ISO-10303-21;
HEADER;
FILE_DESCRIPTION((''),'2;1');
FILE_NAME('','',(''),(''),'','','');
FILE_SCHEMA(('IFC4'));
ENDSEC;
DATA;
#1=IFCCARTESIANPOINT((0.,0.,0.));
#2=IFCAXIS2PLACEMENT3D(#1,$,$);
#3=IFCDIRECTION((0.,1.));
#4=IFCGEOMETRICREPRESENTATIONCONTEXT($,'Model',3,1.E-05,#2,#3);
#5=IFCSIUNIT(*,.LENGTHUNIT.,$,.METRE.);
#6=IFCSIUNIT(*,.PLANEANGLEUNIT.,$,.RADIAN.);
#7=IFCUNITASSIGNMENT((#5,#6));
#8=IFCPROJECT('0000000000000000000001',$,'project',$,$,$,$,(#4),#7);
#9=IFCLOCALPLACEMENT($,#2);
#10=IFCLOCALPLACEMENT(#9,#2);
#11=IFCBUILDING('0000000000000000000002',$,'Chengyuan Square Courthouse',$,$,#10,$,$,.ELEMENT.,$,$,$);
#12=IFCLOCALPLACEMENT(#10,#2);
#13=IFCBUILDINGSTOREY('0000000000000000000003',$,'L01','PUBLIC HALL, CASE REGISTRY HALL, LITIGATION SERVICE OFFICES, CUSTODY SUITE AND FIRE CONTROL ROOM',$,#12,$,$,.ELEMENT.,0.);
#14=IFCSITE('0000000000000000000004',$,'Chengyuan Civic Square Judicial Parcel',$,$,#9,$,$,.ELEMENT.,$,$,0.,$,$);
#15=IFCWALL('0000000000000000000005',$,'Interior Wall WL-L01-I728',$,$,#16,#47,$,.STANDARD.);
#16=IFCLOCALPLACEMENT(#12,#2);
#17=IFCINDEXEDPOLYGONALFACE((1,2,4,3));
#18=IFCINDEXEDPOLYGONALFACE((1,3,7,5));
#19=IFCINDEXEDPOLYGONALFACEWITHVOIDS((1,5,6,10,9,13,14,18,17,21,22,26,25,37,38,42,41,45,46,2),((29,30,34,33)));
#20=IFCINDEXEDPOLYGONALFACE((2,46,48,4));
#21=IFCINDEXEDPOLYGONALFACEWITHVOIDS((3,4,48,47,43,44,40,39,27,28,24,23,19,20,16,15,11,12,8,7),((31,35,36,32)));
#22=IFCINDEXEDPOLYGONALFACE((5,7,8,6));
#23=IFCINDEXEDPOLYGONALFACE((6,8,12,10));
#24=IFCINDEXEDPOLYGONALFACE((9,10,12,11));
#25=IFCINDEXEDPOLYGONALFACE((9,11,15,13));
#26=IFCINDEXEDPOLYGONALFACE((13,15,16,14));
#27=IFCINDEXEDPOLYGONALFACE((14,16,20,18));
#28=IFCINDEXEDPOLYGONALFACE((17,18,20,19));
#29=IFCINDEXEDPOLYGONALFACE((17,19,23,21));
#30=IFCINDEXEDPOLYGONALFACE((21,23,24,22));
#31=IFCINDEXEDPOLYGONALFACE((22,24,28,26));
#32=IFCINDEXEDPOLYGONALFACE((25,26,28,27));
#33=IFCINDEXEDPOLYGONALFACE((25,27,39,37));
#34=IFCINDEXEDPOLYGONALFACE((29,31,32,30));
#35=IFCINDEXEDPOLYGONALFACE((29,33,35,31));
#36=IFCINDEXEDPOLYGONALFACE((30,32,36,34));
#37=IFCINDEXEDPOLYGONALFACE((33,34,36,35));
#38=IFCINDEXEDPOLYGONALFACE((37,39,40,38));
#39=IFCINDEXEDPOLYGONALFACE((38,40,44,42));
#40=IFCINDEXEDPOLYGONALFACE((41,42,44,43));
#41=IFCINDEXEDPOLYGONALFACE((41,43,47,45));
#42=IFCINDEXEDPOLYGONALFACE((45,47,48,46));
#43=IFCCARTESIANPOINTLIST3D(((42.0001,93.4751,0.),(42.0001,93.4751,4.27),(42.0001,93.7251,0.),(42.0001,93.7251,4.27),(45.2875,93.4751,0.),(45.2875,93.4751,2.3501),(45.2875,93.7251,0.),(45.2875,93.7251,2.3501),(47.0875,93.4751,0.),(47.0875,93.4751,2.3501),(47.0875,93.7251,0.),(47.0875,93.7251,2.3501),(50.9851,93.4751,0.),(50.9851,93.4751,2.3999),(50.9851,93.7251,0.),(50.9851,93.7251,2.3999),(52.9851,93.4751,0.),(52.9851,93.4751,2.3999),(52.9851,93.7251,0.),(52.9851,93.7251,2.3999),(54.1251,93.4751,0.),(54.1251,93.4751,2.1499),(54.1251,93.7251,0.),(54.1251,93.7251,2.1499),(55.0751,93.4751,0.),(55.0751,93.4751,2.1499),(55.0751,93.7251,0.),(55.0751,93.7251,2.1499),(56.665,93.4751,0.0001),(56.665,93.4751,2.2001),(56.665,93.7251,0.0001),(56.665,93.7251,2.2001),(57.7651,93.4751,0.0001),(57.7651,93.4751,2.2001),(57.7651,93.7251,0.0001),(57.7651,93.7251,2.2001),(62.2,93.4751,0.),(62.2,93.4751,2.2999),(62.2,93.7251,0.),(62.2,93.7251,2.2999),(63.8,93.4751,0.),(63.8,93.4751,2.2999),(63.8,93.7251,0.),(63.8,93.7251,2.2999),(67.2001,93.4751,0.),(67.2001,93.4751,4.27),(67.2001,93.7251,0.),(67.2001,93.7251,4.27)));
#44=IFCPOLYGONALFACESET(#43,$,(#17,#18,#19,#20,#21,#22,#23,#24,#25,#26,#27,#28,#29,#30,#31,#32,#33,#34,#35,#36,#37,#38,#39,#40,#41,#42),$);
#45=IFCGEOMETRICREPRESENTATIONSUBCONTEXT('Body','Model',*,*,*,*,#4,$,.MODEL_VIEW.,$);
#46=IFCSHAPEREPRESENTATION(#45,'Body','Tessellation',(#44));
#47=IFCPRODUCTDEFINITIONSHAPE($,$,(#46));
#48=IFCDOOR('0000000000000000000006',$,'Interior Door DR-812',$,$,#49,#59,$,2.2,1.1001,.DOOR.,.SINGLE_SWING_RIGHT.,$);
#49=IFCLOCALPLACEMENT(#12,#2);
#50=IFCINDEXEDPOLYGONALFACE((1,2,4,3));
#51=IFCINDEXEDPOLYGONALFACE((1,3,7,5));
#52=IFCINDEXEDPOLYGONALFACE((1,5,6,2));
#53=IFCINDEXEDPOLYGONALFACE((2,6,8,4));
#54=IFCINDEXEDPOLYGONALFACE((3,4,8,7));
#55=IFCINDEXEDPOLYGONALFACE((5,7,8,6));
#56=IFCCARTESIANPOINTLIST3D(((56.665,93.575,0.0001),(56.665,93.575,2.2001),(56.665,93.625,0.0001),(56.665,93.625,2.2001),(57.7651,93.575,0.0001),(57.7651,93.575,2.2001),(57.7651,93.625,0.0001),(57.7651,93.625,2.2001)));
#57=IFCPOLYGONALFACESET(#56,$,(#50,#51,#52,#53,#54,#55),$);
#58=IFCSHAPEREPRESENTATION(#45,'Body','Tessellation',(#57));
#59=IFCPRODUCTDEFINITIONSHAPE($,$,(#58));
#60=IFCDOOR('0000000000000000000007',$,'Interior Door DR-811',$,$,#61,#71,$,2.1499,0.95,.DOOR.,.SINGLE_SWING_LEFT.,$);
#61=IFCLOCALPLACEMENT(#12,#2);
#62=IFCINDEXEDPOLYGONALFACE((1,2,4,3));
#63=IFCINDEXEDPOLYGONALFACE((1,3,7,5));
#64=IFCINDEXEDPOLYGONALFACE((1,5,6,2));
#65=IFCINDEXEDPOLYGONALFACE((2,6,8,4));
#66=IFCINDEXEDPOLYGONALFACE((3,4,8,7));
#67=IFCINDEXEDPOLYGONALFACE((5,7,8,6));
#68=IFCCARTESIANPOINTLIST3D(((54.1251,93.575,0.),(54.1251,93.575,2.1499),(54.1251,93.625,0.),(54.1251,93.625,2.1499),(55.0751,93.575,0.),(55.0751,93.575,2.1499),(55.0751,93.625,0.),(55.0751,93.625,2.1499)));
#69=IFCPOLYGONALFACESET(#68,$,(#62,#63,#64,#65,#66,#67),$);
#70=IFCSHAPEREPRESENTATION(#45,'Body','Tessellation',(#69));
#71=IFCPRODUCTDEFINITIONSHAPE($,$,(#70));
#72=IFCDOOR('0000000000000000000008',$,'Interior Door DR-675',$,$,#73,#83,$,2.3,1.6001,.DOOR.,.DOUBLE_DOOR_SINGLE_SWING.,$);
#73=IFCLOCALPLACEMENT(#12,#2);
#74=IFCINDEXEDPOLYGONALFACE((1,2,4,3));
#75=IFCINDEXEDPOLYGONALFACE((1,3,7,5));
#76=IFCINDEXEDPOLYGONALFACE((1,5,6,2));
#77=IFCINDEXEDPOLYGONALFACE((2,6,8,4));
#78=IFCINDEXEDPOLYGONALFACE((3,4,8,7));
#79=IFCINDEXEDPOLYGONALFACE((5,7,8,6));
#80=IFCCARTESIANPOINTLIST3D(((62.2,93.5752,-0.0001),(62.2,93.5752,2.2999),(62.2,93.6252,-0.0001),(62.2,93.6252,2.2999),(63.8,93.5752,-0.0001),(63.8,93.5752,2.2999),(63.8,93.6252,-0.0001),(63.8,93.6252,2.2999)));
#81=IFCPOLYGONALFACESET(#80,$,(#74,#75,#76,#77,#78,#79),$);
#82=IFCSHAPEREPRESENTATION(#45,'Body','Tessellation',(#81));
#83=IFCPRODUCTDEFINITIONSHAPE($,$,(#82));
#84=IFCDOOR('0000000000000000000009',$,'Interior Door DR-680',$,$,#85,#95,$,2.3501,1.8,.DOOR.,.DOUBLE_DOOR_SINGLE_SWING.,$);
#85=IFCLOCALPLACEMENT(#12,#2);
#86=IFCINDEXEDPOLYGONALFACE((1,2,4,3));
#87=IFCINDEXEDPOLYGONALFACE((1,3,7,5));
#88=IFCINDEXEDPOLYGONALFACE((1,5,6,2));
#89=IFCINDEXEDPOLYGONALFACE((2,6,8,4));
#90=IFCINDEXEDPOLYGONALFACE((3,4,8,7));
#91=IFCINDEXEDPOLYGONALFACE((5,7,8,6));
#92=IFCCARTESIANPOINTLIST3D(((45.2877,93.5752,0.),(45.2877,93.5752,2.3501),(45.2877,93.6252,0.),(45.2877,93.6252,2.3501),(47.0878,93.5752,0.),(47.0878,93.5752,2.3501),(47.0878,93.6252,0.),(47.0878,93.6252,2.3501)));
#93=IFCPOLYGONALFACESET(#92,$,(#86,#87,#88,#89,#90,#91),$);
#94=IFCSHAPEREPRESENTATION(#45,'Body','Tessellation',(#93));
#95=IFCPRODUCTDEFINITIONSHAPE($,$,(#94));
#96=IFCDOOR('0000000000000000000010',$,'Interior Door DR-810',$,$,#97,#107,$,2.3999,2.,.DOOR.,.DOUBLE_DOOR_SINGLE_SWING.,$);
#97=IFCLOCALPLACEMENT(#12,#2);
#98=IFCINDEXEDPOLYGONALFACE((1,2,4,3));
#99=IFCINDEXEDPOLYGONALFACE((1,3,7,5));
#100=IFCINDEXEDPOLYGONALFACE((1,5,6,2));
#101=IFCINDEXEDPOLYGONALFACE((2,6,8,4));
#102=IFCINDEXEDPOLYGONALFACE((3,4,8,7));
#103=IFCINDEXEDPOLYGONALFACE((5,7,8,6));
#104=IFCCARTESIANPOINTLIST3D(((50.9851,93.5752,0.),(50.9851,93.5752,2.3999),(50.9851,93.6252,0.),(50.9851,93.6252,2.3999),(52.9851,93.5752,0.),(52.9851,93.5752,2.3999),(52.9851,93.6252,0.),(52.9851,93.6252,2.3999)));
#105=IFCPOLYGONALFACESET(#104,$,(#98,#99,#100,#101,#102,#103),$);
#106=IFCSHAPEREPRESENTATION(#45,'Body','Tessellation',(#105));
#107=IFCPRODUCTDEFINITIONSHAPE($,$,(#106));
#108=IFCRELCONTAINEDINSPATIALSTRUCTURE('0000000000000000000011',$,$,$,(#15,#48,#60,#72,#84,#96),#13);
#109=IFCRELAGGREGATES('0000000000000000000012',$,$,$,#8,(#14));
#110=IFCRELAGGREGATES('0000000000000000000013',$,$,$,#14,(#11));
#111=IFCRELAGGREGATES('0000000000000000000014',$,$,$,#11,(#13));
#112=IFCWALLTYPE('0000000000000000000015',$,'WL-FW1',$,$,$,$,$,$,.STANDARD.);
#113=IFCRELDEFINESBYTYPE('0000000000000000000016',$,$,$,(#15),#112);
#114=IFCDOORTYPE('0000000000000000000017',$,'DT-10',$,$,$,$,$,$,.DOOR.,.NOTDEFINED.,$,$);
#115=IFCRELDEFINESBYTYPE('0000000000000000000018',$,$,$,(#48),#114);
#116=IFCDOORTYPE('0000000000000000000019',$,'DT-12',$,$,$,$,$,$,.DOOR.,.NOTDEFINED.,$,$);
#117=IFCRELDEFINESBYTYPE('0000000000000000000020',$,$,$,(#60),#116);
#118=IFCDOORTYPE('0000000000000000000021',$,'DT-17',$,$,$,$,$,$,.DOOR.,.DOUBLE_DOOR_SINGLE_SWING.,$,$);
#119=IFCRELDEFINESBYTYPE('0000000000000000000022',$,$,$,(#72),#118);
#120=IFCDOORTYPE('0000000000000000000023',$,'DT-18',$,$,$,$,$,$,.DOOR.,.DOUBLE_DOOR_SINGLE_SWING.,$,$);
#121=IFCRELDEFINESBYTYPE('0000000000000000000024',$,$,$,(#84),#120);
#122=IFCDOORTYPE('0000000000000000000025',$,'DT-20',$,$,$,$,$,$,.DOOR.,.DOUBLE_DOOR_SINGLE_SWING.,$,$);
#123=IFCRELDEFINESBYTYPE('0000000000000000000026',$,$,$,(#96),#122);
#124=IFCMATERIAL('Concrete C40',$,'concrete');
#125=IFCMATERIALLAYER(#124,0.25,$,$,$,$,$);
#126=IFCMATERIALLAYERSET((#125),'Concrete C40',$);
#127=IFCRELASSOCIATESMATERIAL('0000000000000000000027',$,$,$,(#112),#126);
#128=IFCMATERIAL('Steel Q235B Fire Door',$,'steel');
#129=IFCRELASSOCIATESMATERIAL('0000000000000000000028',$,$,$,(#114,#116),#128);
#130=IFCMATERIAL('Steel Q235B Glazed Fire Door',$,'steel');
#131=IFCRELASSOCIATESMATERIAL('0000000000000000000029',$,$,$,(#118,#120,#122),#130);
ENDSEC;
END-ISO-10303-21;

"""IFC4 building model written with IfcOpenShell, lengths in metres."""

from ifc_helpers import new_model, si_unit, direction, frame, frame_2d, origin, place, context, subcontext, project, spatial, rectangle, extrude, material, layer, layer_set, type_object, element, fill, save


model = new_model("IFC4")

# Units and contexts
model_context = context("Model", 3, precision=1e-05, world=origin(), true_north=direction((0.0, 1.0)))
body_context = subcontext(model_context, "Body", "Model", "MODEL_VIEW")
ifc_project = project(units=[si_unit("LENGTHUNIT", "METRE"), si_unit("PLANEANGLEUNIT", "RADIAN")], contexts=[model_context])

# Site, building, storey
site_placement = place(None, origin())
site = spatial("IfcSite", under=ifc_project, at=site_placement, Name="Chengyuan Civic Square Judicial Parcel", CompositionType="ELEMENT", RefElevation=0.0)
building_placement = place(site_placement, origin())
building = spatial("IfcBuilding", under=site, at=building_placement, Name="Chengyuan Square Courthouse", CompositionType="ELEMENT")
storey_placement = place(building_placement, origin())
storey = spatial("IfcBuildingStorey", under=building, at=storey_placement, Name="L01", Description="PUBLIC HALL, CASE REGISTRY HALL, LITIGATION SERVICE OFFICES, CUSTODY SUITE AND FIRE CONTROL ROOM", CompositionType="ELEMENT", Elevation=0.0)

# Shared definitions
ifc_material_1 = material(Name="Concrete C40", Category="concrete")

# Shared definitions
ifc_layer_1 = layer(ifc_material_1, 0.25)
ifc_layer_set_1 = layer_set([ifc_layer_1], Name="Concrete C40")
wall_type_1 = type_object("IfcWallType", Name="WL-FW1", PredefinedType="STANDARD", material=ifc_layer_set_1)

# Wall, openings, doors
wall_1_placement = place(storey_placement, frame((42.0, 93.6001, 0.0), z_axis=(0.0, 0.0, 1.0), x_axis=(1.0, 0.0, 0.0)))
wall_1 = element("IfcWall", 1, at=wall_1_placement, inside=storey, type_object=wall_type_1, Name="Interior Wall WL-L01-I728", PredefinedType="STANDARD", context=body_context, shape_type="SweptSolid", body=[
    extrude(rectangle(XDim=25.2, YDim=0.25, at=frame_2d((12.6001, 0.0))), origin(), (0.0, 0.0, 1.0), 4.27),
])
opening_1_placement = place(wall_1_placement, frame((20.2, 0.0, 0.0)))
opening_1 = element("IfcOpeningElement", 2, at=opening_1_placement, cuts=wall_1, PredefinedType="OPENING", context=body_context, shape_type="SweptSolid", body=[
    extrude(rectangle(XDim=1.6001, YDim=2.3, at=frame_2d((0.8, 1.1499))), frame((0.0, 0.137, 0.0), z_axis=(0.0, -1.0, 0.0), x_axis=(1.0, 0.0, 0.0)), (0.0, 0.0, 1.0), 0.2739),
])
opening_2_placement = place(wall_1_placement, frame((3.2876, 0.0, 0.0)))
opening_2 = element("IfcOpeningElement", 3, at=opening_2_placement, cuts=wall_1, PredefinedType="OPENING", context=body_context, shape_type="SweptSolid", body=[
    extrude(rectangle(XDim=1.8, YDim=2.3501, at=frame_2d((0.8999, 1.175))), frame((0.0, 0.137, 0.0), z_axis=(0.0, -1.0, 0.0), x_axis=(1.0, 0.0, 0.0)), (0.0, 0.0, 1.0), 0.2739),
])
opening_3_placement = place(wall_1_placement, frame((8.9851, 0.0, 0.0)))
opening_3 = element("IfcOpeningElement", 4, at=opening_3_placement, cuts=wall_1, PredefinedType="OPENING", context=body_context, shape_type="SweptSolid", body=[
    extrude(rectangle(XDim=2.0, YDim=2.3999, at=frame_2d((1.0, 1.2))), frame((0.0, 0.137, 0.0), z_axis=(0.0, -1.0, 0.0), x_axis=(1.0, 0.0, 0.0)), (0.0, 0.0, 1.0), 0.2739),
])
opening_4_placement = place(wall_1_placement, frame((12.125, 0.0, 0.0)))
opening_4 = element("IfcOpeningElement", 5, at=opening_4_placement, cuts=wall_1, PredefinedType="OPENING", context=body_context, shape_type="SweptSolid", body=[
    extrude(rectangle(XDim=0.95, YDim=2.1499, at=frame_2d((0.4751, 1.075))), frame((0.0, 0.137, 0.0), z_axis=(0.0, -1.0, 0.0), x_axis=(1.0, 0.0, 0.0)), (0.0, 0.0, 1.0), 0.2739),
])
opening_5_placement = place(wall_1_placement, frame((14.665, 0.0, 0.0)))
opening_5 = element("IfcOpeningElement", 6, at=opening_5_placement, cuts=wall_1, PredefinedType="OPENING", context=body_context, shape_type="SweptSolid", body=[
    extrude(rectangle(XDim=1.1001, YDim=2.2, at=frame_2d((0.55, 1.1001))), frame((0.0, 0.137, 0.0), z_axis=(0.0, -1.0, 0.0), x_axis=(1.0, 0.0, 0.0)), (0.0, 0.0, 1.0), 0.2739),
])
ifc_material_2 = material(Name="Steel Q235B Fire Door", Category="steel")
door_type_1 = type_object("IfcDoorType", Name="DT-10", OperationType="NOTDEFINED", PredefinedType="DOOR", material=ifc_material_2)
door_1_placement = place(opening_5_placement, origin())
door_1 = element("IfcDoor", 7, at=door_1_placement, inside=storey, type_object=door_type_1, Name="Interior Door DR-812", OperationType="SINGLE_SWING_RIGHT", OverallHeight=2.2, OverallWidth=1.1001, PredefinedType="DOOR", context=body_context, shape_type="SweptSolid", body=[
    extrude(rectangle(XDim=1.1001, YDim=2.2, at=frame_2d((0.55, 1.1001))), frame((0.0, 0.0249, 0.0), z_axis=(0.0, -1.0, 0.0), x_axis=(1.0, 0.0, 0.0)), (0.0, 0.0, 1.0), 0.05),
])
fill(opening_5, door_1)
door_type_2 = type_object("IfcDoorType", Name="DT-12", OperationType="NOTDEFINED", PredefinedType="DOOR", material=ifc_material_2)
door_2_placement = place(opening_4_placement, origin())
door_2 = element("IfcDoor", 8, at=door_2_placement, inside=storey, type_object=door_type_2, Name="Interior Door DR-811", OperationType="SINGLE_SWING_LEFT", OverallHeight=2.1499, OverallWidth=0.95, PredefinedType="DOOR", context=body_context, shape_type="SweptSolid", body=[
    extrude(rectangle(XDim=0.95, YDim=2.1499, at=frame_2d((0.4751, 1.075))), frame((0.0, 0.0249, 0.0), z_axis=(0.0, -1.0, 0.0), x_axis=(1.0, 0.0, 0.0)), (0.0, 0.0, 1.0), 0.05),
])
fill(opening_4, door_2)
ifc_material_3 = material(Name="Steel Q235B Glazed Fire Door", Category="steel")
door_type_3 = type_object("IfcDoorType", Name="DT-17", OperationType="DOUBLE_DOOR_SINGLE_SWING", PredefinedType="DOOR", material=ifc_material_3)
door_3_placement = place(opening_1_placement, frame((1.6001, 0.0, 0.0), z_axis=(0.0, 0.0, 1.0), x_axis=(-1.0, 0.0, 0.0)))
door_3 = element("IfcDoor", 9, at=door_3_placement, inside=storey, type_object=door_type_3, Name="Interior Door DR-675", OperationType="DOUBLE_DOOR_SINGLE_SWING", OverallHeight=2.3, OverallWidth=1.6001, PredefinedType="DOOR", context=body_context, shape_type="SweptSolid", body=[
    extrude(rectangle(XDim=1.6001, YDim=2.3, at=frame_2d((0.8, 1.1499))), frame((0.0, 0.0249, 0.0), z_axis=(0.0, -1.0, 0.0), x_axis=(1.0, 0.0, 0.0)), (0.0, 0.0, 1.0), 0.05),
])
fill(opening_1, door_3)
door_type_4 = type_object("IfcDoorType", Name="DT-18", OperationType="DOUBLE_DOOR_SINGLE_SWING", PredefinedType="DOOR", material=ifc_material_3)
door_4_placement = place(opening_2_placement, frame((1.8, 0.0, 0.0), z_axis=(0.0, 0.0, 1.0), x_axis=(-1.0, 0.0, 0.0)))
door_4 = element("IfcDoor", 10, at=door_4_placement, inside=storey, type_object=door_type_4, Name="Interior Door DR-680", OperationType="DOUBLE_DOOR_SINGLE_SWING", OverallHeight=2.3501, OverallWidth=1.8, PredefinedType="DOOR", context=body_context, shape_type="SweptSolid", body=[
    extrude(rectangle(XDim=1.8, YDim=2.3501, at=frame_2d((0.8999, 1.175))), frame((0.0, 0.0249, 0.0), z_axis=(0.0, -1.0, 0.0), x_axis=(1.0, 0.0, 0.0)), (0.0, 0.0, 1.0), 0.05),
])
fill(opening_2, door_4)
door_type_5 = type_object("IfcDoorType", Name="DT-20", OperationType="DOUBLE_DOOR_SINGLE_SWING", PredefinedType="DOOR", material=ifc_material_3)
door_5_placement = place(opening_3_placement, frame((2.0, 0.0, 0.0), z_axis=(0.0, 0.0, 1.0), x_axis=(-1.0, 0.0, 0.0)))
door_5 = element("IfcDoor", 11, at=door_5_placement, inside=storey, type_object=door_type_5, Name="Interior Door DR-810", OperationType="DOUBLE_DOOR_SINGLE_SWING", OverallHeight=2.3999, OverallWidth=2.0, PredefinedType="DOOR", context=body_context, shape_type="SweptSolid", body=[
    extrude(rectangle(XDim=2.0, YDim=2.3999, at=frame_2d((1.0, 1.2))), frame((0.0, 0.0249, 0.0), z_axis=(0.0, -1.0, 0.0), x_axis=(1.0, 0.0, 0.0)), (0.0, 0.0, 1.0), 0.05),
])
fill(opening_3, door_5)

save(model, "model.ifc")
